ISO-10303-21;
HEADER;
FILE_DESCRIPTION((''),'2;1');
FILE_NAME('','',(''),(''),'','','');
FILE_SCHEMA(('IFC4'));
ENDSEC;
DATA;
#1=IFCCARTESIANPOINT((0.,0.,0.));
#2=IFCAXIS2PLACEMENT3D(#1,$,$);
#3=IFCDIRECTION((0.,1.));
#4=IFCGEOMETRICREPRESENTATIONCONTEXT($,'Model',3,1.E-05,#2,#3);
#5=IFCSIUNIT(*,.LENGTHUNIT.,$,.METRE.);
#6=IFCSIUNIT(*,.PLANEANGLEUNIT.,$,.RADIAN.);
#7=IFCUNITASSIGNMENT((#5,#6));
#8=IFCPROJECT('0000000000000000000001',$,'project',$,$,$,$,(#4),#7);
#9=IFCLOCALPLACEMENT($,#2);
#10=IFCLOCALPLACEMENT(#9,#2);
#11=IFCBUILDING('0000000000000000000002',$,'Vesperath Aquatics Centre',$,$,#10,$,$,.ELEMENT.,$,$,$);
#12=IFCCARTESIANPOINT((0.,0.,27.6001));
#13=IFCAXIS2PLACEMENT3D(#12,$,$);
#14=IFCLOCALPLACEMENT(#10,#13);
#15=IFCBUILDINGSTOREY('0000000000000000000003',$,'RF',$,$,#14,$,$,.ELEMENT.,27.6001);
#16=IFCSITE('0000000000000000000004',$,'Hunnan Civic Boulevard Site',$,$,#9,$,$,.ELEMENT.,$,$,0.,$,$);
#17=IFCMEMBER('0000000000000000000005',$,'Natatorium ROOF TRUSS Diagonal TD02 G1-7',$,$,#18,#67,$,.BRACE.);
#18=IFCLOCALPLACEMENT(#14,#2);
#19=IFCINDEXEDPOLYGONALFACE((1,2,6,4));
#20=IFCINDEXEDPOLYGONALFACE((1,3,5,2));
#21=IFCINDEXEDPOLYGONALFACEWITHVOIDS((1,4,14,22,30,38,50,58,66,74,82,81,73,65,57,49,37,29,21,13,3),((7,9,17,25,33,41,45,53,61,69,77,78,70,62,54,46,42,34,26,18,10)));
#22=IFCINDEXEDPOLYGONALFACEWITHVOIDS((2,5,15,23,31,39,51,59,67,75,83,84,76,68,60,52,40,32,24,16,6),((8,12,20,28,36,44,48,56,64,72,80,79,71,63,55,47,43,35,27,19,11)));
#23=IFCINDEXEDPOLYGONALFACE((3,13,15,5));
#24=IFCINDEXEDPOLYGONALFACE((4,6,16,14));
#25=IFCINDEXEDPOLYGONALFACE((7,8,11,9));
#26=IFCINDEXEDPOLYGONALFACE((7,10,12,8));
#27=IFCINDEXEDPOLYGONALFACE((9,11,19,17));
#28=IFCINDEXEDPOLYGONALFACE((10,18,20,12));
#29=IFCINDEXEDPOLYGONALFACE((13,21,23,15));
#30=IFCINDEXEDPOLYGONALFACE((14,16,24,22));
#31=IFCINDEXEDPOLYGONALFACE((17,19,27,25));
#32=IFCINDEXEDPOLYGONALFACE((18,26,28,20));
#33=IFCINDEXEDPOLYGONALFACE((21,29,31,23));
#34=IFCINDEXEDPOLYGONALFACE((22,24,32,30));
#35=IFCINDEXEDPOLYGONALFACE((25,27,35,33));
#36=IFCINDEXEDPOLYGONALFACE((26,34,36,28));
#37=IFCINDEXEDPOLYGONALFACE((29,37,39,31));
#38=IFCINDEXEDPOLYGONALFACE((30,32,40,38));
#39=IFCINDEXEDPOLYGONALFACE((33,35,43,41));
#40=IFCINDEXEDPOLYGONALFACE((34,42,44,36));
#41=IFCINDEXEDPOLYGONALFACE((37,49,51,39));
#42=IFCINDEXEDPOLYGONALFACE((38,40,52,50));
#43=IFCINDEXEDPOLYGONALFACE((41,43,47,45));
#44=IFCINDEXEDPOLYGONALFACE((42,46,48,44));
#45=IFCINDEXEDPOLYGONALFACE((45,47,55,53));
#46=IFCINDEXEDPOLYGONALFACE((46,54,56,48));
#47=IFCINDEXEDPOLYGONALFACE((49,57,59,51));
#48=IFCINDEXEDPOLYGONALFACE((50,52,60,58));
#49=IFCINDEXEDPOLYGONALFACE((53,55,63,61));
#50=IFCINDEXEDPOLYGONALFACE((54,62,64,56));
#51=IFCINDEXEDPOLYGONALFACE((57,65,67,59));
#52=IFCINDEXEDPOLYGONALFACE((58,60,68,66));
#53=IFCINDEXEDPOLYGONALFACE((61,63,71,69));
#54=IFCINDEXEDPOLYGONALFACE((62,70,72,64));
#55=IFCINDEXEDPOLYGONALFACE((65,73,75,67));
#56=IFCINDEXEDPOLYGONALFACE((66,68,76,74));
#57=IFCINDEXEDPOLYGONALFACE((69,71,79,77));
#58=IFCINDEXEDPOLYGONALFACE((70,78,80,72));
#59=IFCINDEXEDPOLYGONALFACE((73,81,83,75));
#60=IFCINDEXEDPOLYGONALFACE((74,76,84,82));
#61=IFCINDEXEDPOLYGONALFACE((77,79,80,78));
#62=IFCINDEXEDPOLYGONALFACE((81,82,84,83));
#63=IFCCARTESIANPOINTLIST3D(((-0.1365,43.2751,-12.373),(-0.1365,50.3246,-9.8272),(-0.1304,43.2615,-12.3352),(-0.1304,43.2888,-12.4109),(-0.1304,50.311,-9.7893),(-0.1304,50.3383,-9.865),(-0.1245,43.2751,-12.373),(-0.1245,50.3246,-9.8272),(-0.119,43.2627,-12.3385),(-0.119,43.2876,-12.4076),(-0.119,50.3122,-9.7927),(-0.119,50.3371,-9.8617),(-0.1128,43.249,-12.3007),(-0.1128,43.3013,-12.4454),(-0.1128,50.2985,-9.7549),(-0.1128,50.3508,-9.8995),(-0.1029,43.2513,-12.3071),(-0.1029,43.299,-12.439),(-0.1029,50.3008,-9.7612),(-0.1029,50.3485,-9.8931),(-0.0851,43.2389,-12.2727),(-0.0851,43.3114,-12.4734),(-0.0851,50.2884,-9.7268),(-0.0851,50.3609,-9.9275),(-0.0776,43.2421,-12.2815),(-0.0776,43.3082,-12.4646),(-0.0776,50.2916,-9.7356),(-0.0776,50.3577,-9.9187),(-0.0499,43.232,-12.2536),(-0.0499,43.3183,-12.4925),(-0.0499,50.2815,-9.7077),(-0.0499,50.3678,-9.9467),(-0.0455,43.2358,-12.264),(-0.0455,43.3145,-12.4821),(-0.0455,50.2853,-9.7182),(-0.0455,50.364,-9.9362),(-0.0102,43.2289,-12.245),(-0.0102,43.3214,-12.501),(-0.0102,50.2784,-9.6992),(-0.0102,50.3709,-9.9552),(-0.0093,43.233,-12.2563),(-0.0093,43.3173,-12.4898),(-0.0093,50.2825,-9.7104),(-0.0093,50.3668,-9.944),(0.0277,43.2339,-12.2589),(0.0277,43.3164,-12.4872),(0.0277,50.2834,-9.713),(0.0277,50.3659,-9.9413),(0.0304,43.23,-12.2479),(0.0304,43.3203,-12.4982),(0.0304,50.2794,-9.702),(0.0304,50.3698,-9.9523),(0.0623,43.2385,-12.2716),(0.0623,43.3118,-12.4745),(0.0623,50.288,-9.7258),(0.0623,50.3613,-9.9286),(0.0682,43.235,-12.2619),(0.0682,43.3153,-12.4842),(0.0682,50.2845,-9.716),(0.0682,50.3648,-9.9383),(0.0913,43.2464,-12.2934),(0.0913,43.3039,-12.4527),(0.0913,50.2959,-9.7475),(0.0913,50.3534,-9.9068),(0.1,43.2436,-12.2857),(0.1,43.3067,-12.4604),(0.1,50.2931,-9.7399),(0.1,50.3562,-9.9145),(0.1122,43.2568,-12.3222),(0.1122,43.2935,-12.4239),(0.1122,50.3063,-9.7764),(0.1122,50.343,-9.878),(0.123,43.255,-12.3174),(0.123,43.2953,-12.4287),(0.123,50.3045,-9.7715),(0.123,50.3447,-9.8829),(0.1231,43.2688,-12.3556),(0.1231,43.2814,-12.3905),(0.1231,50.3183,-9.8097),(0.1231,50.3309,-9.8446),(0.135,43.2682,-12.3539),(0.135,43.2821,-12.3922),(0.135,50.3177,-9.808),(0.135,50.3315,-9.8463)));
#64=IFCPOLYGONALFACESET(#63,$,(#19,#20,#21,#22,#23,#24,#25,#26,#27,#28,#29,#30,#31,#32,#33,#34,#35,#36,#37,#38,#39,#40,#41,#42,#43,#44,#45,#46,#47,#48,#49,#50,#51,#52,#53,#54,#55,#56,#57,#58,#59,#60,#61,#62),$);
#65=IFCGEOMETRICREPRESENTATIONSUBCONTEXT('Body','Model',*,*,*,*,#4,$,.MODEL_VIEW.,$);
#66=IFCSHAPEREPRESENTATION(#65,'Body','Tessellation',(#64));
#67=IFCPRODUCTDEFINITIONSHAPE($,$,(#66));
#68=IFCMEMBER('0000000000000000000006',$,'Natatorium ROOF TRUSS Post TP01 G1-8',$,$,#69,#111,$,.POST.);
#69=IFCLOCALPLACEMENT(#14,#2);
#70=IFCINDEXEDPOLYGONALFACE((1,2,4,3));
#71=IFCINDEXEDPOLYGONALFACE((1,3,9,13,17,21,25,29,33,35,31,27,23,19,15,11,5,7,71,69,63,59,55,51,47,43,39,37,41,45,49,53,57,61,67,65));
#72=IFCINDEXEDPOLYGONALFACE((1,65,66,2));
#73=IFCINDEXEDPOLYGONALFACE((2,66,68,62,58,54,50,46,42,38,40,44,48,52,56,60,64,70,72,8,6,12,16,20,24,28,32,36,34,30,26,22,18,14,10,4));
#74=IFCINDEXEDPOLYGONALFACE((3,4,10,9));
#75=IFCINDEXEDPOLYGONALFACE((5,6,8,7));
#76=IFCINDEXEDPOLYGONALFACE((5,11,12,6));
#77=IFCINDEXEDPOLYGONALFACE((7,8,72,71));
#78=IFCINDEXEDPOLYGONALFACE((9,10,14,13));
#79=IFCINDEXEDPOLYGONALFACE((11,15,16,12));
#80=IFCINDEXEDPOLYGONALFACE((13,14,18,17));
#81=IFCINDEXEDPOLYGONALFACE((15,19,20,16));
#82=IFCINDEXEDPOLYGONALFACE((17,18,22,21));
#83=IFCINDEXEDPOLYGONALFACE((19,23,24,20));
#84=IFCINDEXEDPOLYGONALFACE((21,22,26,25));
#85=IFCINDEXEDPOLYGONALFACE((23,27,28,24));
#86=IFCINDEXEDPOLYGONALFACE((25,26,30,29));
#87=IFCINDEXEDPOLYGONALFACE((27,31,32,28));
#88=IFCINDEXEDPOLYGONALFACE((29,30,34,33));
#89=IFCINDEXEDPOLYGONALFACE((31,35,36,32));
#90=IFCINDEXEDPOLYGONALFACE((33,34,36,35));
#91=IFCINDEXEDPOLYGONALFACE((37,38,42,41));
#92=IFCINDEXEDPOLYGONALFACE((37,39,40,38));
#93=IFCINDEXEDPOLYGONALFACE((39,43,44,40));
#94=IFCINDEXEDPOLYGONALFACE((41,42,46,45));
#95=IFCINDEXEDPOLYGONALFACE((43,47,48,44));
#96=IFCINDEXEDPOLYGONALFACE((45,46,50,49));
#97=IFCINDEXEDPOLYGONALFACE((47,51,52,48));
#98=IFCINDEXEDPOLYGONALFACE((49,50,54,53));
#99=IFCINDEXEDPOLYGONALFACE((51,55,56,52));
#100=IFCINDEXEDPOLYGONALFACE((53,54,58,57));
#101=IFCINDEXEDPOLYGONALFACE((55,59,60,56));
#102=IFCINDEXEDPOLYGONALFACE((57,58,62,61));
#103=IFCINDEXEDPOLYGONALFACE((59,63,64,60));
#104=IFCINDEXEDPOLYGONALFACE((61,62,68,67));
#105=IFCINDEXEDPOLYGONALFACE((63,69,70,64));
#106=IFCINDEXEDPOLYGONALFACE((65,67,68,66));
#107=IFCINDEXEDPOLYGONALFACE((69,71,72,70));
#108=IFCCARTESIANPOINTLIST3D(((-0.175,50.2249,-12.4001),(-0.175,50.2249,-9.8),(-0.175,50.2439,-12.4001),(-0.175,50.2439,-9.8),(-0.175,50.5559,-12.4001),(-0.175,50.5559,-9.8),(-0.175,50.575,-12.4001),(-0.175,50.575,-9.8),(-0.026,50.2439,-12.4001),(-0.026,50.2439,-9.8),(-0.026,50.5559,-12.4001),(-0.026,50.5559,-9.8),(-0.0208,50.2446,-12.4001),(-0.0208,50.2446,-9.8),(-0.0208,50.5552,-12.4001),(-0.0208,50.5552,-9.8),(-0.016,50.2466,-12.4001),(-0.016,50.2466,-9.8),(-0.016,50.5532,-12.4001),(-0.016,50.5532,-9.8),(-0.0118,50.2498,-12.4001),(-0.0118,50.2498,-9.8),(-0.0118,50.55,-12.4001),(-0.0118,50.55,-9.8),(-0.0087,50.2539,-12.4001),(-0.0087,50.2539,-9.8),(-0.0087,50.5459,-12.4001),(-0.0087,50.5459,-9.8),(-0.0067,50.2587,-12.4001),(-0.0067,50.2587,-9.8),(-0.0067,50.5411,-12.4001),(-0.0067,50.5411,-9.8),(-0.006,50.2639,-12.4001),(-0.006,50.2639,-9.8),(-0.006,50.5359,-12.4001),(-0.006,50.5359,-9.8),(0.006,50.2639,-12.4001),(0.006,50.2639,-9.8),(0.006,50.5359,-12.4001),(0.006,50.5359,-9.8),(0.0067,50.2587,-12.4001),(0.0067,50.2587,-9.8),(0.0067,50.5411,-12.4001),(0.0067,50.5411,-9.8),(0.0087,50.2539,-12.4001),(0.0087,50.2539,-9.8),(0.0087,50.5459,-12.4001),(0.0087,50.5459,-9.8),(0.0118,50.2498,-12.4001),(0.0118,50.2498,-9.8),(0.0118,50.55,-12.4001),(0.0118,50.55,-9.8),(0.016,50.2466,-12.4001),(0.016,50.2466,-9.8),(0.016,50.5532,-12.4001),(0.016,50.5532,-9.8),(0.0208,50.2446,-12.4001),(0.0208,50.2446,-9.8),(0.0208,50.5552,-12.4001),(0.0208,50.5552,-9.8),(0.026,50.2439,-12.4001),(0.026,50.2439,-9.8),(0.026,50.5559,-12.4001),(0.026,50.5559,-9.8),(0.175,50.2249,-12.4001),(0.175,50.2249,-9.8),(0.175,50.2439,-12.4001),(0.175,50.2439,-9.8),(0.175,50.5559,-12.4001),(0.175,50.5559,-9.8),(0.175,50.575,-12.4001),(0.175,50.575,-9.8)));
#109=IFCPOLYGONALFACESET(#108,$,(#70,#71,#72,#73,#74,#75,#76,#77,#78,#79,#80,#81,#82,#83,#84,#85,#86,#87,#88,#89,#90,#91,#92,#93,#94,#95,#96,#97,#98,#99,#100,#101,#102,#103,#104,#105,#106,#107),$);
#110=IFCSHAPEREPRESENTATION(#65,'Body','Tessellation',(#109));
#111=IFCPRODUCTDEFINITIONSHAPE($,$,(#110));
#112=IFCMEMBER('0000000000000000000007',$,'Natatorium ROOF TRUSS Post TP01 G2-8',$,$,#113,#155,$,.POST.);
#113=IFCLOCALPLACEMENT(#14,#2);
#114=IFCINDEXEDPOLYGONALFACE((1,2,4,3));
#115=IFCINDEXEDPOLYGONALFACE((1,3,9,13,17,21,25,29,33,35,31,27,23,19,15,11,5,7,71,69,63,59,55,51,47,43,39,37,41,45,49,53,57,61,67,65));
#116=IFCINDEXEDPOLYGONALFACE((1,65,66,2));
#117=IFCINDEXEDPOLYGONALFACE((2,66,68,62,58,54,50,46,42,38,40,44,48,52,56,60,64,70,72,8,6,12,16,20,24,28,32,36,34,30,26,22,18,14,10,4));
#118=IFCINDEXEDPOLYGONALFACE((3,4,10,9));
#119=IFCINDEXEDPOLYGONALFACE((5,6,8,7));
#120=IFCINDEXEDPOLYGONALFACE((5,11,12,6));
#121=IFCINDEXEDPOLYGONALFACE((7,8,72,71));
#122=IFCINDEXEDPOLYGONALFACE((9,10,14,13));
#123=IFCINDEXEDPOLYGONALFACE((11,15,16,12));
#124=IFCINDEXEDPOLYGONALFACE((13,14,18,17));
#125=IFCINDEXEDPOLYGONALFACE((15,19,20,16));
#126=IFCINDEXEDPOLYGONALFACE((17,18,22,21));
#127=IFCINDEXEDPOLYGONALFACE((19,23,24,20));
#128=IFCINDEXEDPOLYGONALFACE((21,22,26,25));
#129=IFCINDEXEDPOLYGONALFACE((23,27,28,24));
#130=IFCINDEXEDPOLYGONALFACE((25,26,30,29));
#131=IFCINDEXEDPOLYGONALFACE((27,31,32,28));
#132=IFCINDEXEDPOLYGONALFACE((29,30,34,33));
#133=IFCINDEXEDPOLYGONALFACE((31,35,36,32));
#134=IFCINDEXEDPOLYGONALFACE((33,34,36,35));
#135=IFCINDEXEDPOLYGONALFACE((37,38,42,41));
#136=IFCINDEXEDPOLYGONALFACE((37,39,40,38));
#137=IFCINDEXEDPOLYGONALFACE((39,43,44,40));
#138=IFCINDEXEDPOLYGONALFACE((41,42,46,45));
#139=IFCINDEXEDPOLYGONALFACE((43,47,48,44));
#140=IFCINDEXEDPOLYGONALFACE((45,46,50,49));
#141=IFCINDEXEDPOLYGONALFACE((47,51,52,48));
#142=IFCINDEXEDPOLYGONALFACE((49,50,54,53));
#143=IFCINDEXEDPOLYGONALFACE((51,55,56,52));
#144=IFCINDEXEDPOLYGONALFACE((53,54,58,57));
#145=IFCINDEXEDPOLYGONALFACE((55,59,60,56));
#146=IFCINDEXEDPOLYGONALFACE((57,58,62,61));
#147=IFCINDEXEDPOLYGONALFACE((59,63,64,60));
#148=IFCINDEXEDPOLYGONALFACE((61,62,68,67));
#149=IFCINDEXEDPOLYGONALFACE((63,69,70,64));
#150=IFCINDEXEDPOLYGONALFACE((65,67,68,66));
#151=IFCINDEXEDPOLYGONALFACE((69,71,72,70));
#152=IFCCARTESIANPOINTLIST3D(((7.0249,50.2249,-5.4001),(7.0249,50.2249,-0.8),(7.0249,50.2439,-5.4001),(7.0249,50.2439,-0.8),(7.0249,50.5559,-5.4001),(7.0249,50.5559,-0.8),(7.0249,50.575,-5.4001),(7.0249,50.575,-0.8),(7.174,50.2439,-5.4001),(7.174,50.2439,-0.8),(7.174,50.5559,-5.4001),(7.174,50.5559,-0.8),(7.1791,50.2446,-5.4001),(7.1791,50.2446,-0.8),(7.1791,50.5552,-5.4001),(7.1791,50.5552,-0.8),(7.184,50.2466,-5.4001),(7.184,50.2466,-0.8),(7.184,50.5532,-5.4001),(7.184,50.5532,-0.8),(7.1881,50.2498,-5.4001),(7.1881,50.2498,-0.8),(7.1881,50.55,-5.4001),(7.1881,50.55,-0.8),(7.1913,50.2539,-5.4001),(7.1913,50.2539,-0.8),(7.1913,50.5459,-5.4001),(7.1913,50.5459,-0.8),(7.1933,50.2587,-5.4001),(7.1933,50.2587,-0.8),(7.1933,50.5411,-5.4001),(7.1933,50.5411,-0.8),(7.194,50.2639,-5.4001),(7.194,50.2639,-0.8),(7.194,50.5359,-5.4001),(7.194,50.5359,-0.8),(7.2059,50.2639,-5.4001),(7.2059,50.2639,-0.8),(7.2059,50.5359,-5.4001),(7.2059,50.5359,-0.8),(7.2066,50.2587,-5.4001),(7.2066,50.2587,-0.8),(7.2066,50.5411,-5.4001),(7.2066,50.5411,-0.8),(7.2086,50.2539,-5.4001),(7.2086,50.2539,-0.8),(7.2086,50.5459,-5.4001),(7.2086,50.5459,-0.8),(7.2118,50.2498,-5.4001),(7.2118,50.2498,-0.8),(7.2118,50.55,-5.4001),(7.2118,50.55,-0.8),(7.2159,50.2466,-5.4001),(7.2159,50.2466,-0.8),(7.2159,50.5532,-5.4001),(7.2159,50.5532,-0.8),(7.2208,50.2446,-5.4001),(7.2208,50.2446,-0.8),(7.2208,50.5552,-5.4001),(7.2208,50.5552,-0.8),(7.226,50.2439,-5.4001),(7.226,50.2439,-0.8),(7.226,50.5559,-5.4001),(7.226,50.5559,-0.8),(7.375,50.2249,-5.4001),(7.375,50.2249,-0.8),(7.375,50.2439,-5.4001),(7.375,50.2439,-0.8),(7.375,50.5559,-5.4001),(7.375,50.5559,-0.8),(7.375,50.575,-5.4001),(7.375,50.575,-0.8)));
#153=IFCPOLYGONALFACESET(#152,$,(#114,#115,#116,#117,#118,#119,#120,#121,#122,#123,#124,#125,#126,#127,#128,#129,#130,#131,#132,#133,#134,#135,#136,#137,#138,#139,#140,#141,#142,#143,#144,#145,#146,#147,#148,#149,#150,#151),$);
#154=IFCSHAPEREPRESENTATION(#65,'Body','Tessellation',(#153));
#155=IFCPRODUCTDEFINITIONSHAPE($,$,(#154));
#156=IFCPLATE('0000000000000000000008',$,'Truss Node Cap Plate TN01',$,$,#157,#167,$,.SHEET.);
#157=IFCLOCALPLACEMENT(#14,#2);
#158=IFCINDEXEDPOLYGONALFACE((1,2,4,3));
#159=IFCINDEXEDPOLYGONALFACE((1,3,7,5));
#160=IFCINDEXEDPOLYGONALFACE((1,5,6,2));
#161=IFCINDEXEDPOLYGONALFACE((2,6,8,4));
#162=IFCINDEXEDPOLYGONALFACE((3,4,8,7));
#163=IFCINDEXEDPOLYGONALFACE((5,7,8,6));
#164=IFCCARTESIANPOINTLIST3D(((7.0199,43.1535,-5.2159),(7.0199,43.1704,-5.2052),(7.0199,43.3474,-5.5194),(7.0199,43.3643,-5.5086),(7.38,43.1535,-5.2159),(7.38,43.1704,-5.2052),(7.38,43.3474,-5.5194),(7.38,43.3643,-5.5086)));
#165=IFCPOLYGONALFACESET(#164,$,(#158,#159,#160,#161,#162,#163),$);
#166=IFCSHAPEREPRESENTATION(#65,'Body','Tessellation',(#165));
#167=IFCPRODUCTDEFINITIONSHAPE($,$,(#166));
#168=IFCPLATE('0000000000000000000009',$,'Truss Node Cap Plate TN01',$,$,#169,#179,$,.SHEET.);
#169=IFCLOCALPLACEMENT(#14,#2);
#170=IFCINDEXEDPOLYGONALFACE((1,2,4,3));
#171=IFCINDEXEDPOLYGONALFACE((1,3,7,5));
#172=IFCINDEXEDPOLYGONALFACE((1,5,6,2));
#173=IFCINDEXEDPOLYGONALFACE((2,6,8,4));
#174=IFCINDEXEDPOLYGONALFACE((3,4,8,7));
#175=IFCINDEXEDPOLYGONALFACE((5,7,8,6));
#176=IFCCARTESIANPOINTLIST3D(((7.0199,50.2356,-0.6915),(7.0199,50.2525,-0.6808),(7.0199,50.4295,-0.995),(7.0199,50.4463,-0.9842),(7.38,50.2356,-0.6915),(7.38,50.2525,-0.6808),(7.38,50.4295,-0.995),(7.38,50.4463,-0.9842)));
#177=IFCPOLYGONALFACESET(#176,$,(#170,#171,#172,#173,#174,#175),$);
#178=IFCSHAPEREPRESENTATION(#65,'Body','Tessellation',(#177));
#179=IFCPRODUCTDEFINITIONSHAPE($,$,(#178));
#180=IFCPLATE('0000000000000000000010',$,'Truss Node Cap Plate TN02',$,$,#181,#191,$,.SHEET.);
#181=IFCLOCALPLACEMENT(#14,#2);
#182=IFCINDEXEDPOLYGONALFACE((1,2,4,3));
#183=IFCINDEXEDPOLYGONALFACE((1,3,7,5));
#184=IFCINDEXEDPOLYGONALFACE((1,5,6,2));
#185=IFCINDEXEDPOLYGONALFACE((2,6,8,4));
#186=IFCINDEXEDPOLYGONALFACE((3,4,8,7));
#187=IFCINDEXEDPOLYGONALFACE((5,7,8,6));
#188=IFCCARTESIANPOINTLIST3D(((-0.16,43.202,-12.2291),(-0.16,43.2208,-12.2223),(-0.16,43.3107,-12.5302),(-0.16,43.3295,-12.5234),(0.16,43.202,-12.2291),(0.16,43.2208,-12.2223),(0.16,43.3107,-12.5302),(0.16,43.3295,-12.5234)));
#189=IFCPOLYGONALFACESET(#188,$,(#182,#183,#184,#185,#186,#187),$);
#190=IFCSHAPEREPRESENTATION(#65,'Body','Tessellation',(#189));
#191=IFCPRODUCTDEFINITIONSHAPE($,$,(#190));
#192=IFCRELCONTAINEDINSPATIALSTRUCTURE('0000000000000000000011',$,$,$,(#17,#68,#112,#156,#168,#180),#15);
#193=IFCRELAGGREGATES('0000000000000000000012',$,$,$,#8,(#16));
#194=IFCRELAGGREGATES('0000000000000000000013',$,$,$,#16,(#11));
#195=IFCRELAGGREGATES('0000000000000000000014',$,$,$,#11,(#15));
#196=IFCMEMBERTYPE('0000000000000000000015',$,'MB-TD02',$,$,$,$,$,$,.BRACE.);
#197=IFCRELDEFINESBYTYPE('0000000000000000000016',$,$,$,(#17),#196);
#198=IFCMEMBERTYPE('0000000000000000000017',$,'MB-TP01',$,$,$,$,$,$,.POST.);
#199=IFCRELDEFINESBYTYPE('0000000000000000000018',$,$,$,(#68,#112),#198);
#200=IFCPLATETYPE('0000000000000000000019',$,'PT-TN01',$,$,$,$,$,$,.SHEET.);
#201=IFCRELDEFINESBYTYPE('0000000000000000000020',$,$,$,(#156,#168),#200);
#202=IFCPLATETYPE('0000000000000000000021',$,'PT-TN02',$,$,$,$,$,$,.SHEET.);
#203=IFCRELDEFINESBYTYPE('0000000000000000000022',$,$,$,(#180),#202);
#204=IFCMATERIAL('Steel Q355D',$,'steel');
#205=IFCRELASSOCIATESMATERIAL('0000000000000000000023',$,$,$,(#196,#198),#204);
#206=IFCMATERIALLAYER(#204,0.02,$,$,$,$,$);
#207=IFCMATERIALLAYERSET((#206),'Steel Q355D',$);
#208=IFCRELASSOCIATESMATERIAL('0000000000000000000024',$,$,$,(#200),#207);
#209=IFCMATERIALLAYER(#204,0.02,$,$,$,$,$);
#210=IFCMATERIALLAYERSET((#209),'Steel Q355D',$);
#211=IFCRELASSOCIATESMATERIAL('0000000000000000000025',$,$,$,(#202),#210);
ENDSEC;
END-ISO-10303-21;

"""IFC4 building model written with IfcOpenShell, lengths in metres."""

from ifc_helpers import new_model, si_unit, direction, frame, origin, origin_2d, place, context, subcontext, project, spatial, rectangle, hollow_circle, i_section, extrude, material, layer, layer_set, material_profile, profile_set, type_object, element, save


model = new_model("IFC4")

# Units and contexts
model_context = context("Model", 3, precision=1e-05, world=origin(), true_north=direction((0.0, 1.0)))
body_context = subcontext(model_context, "Body", "Model", "MODEL_VIEW")
ifc_project = project(units=[si_unit("LENGTHUNIT", "METRE"), si_unit("PLANEANGLEUNIT", "RADIAN")], contexts=[model_context])

# Site, building, storey
site_placement = place(None, origin())
site = spatial("IfcSite", under=ifc_project, at=site_placement, Name="Hunnan Civic Boulevard Site", CompositionType="ELEMENT", RefElevation=0.0)
building_placement = place(site_placement, origin())
building = spatial("IfcBuilding", under=site, at=building_placement, Name="Vesperath Aquatics Centre", CompositionType="ELEMENT")
storey_placement = place(building_placement, frame((0.0, 0.0, 27.6001)))
storey = spatial("IfcBuildingStorey", under=building, at=storey_placement, Name="RF", CompositionType="ELEMENT", Elevation=27.6001)

# Members
ifc_material_1 = material(Name="Steel Q355D", Category="steel")
ifc_material_profile_1 = material_profile(ifc_material_1, hollow_circle(Radius=0.1365, WallThickness=0.012, at=origin_2d()), Name="CHS 273.0x12")
ifc_profile_set_1 = profile_set([ifc_material_profile_1], Name="Steel Q355D")
member_type_1 = type_object("IfcMemberType", Name="MB-TD02", PredefinedType="BRACE", material=ifc_profile_set_1)
member_1_placement = place(storey_placement, frame((0.0, 43.2751, -12.373), z_axis=(0.0, 0.940544, 0.339671), x_axis=(-1.0, 0.0, 0.0)))
element("IfcMember", 1, at=member_1_placement, inside=storey, type_object=member_type_1, Name="Natatorium ROOF TRUSS Diagonal TD02 G1-7", PredefinedType="BRACE", context=body_context, shape_type="SweptSolid", body=[
    extrude(hollow_circle(Radius=0.1365, WallThickness=0.012, at=origin_2d()), origin(), (0.0, 0.0, 1.0), 7.4951),
])
ifc_material_profile_2 = material_profile(ifc_material_1, i_section(OverallWidth=0.3501, OverallDepth=0.3501, WebThickness=0.012, FlangeThickness=0.019, FilletRadius=0.02, at=origin_2d()), Name="HW 350x350x12x19")
ifc_profile_set_2 = profile_set([ifc_material_profile_2], Name="Steel Q355D")
member_type_2 = type_object("IfcMemberType", Name="MB-TP01", PredefinedType="POST", material=ifc_profile_set_2)
member_2_placement = place(storey_placement, frame((0.0, 50.3999, -12.4001), z_axis=(0.0, 0.0, 1.0), x_axis=(1.0, 0.0, 0.0)))
element("IfcMember", 2, at=member_2_placement, inside=storey, type_object=member_type_2, Name="Natatorium ROOF TRUSS Post TP01 G1-8", PredefinedType="POST", context=body_context, shape_type="SweptSolid", body=[
    extrude(i_section(OverallWidth=0.3501, OverallDepth=0.3501, WebThickness=0.012, FlangeThickness=0.019, FilletRadius=0.02, at=origin_2d()), origin(), (0.0, 0.0, 1.0), 2.6001),
])
member_3_placement = place(storey_placement, frame((7.2, 50.3999, -5.4001), z_axis=(0.0, 0.0, 1.0), x_axis=(1.0, 0.0, 0.0)))
element("IfcMember", 3, at=member_3_placement, inside=storey, type_object=member_type_2, Name="Natatorium ROOF TRUSS Post TP01 G2-8", PredefinedType="POST", context=body_context, shape_type="SweptSolid", body=[
    extrude(i_section(OverallWidth=0.3501, OverallDepth=0.3501, WebThickness=0.012, FlangeThickness=0.019, FilletRadius=0.02, at=origin_2d()), origin(), (0.0, 0.0, 1.0), 4.6001),
])

# Plates
ifc_layer_1 = layer(ifc_material_1, 0.02)
ifc_layer_set_1 = layer_set([ifc_layer_1], Name="Steel Q355D")
plate_type_1 = type_object("IfcPlateType", Name="PT-TN01", PredefinedType="SHEET", material=ifc_layer_set_1)
for number, where, z_axis, x_axis, name in (
    (4, (7.2, 43.2505, -5.3677), (0.0, 0.842696, 0.538389), (-1.0, 0.0, 0.0), "Truss Node Cap Plate TN01"),
    (5, (7.2, 50.3325, -0.8433), (0.0, 0.842696, 0.538389), (-1.0, 0.0, 0.0), "Truss Node Cap Plate TN01"),
):
    element("IfcPlate", number, at=place(storey_placement, frame(where, z_axis=z_axis, x_axis=x_axis)), inside=storey, type_object=plate_type_1, Name=name, PredefinedType="SHEET", context=body_context, shape_type="SweptSolid", body=[
        extrude(rectangle(XDim=0.3601, YDim=0.3601, at=origin_2d()), origin(), (0.0, 0.0, 1.0), 0.02),
    ])
ifc_layer_2 = layer(ifc_material_1, 0.02)
ifc_layer_set_2 = layer_set([ifc_layer_2], Name="Steel Q355D")
plate_type_2 = type_object("IfcPlateType", Name="PT-TN02", PredefinedType="SHEET", material=ifc_layer_set_2)
for number, where, z_axis, x_axis, name in (
    (6, (0.0, 43.2563, -12.3796), (0.0, 0.940554, 0.339644), (-1.0, 0.0, 0.0), "Truss Node Cap Plate TN02"),
):
    element("IfcPlate", number, at=place(storey_placement, frame(where, z_axis=z_axis, x_axis=x_axis)), inside=storey, type_object=plate_type_2, Name=name, PredefinedType="SHEET", context=body_context, shape_type="SweptSolid", body=[
        extrude(rectangle(XDim=0.3201, YDim=0.3201, at=origin_2d()), origin(), (0.0, 0.0, 1.0), 0.02),
    ])

save(model, "model.ifc")
